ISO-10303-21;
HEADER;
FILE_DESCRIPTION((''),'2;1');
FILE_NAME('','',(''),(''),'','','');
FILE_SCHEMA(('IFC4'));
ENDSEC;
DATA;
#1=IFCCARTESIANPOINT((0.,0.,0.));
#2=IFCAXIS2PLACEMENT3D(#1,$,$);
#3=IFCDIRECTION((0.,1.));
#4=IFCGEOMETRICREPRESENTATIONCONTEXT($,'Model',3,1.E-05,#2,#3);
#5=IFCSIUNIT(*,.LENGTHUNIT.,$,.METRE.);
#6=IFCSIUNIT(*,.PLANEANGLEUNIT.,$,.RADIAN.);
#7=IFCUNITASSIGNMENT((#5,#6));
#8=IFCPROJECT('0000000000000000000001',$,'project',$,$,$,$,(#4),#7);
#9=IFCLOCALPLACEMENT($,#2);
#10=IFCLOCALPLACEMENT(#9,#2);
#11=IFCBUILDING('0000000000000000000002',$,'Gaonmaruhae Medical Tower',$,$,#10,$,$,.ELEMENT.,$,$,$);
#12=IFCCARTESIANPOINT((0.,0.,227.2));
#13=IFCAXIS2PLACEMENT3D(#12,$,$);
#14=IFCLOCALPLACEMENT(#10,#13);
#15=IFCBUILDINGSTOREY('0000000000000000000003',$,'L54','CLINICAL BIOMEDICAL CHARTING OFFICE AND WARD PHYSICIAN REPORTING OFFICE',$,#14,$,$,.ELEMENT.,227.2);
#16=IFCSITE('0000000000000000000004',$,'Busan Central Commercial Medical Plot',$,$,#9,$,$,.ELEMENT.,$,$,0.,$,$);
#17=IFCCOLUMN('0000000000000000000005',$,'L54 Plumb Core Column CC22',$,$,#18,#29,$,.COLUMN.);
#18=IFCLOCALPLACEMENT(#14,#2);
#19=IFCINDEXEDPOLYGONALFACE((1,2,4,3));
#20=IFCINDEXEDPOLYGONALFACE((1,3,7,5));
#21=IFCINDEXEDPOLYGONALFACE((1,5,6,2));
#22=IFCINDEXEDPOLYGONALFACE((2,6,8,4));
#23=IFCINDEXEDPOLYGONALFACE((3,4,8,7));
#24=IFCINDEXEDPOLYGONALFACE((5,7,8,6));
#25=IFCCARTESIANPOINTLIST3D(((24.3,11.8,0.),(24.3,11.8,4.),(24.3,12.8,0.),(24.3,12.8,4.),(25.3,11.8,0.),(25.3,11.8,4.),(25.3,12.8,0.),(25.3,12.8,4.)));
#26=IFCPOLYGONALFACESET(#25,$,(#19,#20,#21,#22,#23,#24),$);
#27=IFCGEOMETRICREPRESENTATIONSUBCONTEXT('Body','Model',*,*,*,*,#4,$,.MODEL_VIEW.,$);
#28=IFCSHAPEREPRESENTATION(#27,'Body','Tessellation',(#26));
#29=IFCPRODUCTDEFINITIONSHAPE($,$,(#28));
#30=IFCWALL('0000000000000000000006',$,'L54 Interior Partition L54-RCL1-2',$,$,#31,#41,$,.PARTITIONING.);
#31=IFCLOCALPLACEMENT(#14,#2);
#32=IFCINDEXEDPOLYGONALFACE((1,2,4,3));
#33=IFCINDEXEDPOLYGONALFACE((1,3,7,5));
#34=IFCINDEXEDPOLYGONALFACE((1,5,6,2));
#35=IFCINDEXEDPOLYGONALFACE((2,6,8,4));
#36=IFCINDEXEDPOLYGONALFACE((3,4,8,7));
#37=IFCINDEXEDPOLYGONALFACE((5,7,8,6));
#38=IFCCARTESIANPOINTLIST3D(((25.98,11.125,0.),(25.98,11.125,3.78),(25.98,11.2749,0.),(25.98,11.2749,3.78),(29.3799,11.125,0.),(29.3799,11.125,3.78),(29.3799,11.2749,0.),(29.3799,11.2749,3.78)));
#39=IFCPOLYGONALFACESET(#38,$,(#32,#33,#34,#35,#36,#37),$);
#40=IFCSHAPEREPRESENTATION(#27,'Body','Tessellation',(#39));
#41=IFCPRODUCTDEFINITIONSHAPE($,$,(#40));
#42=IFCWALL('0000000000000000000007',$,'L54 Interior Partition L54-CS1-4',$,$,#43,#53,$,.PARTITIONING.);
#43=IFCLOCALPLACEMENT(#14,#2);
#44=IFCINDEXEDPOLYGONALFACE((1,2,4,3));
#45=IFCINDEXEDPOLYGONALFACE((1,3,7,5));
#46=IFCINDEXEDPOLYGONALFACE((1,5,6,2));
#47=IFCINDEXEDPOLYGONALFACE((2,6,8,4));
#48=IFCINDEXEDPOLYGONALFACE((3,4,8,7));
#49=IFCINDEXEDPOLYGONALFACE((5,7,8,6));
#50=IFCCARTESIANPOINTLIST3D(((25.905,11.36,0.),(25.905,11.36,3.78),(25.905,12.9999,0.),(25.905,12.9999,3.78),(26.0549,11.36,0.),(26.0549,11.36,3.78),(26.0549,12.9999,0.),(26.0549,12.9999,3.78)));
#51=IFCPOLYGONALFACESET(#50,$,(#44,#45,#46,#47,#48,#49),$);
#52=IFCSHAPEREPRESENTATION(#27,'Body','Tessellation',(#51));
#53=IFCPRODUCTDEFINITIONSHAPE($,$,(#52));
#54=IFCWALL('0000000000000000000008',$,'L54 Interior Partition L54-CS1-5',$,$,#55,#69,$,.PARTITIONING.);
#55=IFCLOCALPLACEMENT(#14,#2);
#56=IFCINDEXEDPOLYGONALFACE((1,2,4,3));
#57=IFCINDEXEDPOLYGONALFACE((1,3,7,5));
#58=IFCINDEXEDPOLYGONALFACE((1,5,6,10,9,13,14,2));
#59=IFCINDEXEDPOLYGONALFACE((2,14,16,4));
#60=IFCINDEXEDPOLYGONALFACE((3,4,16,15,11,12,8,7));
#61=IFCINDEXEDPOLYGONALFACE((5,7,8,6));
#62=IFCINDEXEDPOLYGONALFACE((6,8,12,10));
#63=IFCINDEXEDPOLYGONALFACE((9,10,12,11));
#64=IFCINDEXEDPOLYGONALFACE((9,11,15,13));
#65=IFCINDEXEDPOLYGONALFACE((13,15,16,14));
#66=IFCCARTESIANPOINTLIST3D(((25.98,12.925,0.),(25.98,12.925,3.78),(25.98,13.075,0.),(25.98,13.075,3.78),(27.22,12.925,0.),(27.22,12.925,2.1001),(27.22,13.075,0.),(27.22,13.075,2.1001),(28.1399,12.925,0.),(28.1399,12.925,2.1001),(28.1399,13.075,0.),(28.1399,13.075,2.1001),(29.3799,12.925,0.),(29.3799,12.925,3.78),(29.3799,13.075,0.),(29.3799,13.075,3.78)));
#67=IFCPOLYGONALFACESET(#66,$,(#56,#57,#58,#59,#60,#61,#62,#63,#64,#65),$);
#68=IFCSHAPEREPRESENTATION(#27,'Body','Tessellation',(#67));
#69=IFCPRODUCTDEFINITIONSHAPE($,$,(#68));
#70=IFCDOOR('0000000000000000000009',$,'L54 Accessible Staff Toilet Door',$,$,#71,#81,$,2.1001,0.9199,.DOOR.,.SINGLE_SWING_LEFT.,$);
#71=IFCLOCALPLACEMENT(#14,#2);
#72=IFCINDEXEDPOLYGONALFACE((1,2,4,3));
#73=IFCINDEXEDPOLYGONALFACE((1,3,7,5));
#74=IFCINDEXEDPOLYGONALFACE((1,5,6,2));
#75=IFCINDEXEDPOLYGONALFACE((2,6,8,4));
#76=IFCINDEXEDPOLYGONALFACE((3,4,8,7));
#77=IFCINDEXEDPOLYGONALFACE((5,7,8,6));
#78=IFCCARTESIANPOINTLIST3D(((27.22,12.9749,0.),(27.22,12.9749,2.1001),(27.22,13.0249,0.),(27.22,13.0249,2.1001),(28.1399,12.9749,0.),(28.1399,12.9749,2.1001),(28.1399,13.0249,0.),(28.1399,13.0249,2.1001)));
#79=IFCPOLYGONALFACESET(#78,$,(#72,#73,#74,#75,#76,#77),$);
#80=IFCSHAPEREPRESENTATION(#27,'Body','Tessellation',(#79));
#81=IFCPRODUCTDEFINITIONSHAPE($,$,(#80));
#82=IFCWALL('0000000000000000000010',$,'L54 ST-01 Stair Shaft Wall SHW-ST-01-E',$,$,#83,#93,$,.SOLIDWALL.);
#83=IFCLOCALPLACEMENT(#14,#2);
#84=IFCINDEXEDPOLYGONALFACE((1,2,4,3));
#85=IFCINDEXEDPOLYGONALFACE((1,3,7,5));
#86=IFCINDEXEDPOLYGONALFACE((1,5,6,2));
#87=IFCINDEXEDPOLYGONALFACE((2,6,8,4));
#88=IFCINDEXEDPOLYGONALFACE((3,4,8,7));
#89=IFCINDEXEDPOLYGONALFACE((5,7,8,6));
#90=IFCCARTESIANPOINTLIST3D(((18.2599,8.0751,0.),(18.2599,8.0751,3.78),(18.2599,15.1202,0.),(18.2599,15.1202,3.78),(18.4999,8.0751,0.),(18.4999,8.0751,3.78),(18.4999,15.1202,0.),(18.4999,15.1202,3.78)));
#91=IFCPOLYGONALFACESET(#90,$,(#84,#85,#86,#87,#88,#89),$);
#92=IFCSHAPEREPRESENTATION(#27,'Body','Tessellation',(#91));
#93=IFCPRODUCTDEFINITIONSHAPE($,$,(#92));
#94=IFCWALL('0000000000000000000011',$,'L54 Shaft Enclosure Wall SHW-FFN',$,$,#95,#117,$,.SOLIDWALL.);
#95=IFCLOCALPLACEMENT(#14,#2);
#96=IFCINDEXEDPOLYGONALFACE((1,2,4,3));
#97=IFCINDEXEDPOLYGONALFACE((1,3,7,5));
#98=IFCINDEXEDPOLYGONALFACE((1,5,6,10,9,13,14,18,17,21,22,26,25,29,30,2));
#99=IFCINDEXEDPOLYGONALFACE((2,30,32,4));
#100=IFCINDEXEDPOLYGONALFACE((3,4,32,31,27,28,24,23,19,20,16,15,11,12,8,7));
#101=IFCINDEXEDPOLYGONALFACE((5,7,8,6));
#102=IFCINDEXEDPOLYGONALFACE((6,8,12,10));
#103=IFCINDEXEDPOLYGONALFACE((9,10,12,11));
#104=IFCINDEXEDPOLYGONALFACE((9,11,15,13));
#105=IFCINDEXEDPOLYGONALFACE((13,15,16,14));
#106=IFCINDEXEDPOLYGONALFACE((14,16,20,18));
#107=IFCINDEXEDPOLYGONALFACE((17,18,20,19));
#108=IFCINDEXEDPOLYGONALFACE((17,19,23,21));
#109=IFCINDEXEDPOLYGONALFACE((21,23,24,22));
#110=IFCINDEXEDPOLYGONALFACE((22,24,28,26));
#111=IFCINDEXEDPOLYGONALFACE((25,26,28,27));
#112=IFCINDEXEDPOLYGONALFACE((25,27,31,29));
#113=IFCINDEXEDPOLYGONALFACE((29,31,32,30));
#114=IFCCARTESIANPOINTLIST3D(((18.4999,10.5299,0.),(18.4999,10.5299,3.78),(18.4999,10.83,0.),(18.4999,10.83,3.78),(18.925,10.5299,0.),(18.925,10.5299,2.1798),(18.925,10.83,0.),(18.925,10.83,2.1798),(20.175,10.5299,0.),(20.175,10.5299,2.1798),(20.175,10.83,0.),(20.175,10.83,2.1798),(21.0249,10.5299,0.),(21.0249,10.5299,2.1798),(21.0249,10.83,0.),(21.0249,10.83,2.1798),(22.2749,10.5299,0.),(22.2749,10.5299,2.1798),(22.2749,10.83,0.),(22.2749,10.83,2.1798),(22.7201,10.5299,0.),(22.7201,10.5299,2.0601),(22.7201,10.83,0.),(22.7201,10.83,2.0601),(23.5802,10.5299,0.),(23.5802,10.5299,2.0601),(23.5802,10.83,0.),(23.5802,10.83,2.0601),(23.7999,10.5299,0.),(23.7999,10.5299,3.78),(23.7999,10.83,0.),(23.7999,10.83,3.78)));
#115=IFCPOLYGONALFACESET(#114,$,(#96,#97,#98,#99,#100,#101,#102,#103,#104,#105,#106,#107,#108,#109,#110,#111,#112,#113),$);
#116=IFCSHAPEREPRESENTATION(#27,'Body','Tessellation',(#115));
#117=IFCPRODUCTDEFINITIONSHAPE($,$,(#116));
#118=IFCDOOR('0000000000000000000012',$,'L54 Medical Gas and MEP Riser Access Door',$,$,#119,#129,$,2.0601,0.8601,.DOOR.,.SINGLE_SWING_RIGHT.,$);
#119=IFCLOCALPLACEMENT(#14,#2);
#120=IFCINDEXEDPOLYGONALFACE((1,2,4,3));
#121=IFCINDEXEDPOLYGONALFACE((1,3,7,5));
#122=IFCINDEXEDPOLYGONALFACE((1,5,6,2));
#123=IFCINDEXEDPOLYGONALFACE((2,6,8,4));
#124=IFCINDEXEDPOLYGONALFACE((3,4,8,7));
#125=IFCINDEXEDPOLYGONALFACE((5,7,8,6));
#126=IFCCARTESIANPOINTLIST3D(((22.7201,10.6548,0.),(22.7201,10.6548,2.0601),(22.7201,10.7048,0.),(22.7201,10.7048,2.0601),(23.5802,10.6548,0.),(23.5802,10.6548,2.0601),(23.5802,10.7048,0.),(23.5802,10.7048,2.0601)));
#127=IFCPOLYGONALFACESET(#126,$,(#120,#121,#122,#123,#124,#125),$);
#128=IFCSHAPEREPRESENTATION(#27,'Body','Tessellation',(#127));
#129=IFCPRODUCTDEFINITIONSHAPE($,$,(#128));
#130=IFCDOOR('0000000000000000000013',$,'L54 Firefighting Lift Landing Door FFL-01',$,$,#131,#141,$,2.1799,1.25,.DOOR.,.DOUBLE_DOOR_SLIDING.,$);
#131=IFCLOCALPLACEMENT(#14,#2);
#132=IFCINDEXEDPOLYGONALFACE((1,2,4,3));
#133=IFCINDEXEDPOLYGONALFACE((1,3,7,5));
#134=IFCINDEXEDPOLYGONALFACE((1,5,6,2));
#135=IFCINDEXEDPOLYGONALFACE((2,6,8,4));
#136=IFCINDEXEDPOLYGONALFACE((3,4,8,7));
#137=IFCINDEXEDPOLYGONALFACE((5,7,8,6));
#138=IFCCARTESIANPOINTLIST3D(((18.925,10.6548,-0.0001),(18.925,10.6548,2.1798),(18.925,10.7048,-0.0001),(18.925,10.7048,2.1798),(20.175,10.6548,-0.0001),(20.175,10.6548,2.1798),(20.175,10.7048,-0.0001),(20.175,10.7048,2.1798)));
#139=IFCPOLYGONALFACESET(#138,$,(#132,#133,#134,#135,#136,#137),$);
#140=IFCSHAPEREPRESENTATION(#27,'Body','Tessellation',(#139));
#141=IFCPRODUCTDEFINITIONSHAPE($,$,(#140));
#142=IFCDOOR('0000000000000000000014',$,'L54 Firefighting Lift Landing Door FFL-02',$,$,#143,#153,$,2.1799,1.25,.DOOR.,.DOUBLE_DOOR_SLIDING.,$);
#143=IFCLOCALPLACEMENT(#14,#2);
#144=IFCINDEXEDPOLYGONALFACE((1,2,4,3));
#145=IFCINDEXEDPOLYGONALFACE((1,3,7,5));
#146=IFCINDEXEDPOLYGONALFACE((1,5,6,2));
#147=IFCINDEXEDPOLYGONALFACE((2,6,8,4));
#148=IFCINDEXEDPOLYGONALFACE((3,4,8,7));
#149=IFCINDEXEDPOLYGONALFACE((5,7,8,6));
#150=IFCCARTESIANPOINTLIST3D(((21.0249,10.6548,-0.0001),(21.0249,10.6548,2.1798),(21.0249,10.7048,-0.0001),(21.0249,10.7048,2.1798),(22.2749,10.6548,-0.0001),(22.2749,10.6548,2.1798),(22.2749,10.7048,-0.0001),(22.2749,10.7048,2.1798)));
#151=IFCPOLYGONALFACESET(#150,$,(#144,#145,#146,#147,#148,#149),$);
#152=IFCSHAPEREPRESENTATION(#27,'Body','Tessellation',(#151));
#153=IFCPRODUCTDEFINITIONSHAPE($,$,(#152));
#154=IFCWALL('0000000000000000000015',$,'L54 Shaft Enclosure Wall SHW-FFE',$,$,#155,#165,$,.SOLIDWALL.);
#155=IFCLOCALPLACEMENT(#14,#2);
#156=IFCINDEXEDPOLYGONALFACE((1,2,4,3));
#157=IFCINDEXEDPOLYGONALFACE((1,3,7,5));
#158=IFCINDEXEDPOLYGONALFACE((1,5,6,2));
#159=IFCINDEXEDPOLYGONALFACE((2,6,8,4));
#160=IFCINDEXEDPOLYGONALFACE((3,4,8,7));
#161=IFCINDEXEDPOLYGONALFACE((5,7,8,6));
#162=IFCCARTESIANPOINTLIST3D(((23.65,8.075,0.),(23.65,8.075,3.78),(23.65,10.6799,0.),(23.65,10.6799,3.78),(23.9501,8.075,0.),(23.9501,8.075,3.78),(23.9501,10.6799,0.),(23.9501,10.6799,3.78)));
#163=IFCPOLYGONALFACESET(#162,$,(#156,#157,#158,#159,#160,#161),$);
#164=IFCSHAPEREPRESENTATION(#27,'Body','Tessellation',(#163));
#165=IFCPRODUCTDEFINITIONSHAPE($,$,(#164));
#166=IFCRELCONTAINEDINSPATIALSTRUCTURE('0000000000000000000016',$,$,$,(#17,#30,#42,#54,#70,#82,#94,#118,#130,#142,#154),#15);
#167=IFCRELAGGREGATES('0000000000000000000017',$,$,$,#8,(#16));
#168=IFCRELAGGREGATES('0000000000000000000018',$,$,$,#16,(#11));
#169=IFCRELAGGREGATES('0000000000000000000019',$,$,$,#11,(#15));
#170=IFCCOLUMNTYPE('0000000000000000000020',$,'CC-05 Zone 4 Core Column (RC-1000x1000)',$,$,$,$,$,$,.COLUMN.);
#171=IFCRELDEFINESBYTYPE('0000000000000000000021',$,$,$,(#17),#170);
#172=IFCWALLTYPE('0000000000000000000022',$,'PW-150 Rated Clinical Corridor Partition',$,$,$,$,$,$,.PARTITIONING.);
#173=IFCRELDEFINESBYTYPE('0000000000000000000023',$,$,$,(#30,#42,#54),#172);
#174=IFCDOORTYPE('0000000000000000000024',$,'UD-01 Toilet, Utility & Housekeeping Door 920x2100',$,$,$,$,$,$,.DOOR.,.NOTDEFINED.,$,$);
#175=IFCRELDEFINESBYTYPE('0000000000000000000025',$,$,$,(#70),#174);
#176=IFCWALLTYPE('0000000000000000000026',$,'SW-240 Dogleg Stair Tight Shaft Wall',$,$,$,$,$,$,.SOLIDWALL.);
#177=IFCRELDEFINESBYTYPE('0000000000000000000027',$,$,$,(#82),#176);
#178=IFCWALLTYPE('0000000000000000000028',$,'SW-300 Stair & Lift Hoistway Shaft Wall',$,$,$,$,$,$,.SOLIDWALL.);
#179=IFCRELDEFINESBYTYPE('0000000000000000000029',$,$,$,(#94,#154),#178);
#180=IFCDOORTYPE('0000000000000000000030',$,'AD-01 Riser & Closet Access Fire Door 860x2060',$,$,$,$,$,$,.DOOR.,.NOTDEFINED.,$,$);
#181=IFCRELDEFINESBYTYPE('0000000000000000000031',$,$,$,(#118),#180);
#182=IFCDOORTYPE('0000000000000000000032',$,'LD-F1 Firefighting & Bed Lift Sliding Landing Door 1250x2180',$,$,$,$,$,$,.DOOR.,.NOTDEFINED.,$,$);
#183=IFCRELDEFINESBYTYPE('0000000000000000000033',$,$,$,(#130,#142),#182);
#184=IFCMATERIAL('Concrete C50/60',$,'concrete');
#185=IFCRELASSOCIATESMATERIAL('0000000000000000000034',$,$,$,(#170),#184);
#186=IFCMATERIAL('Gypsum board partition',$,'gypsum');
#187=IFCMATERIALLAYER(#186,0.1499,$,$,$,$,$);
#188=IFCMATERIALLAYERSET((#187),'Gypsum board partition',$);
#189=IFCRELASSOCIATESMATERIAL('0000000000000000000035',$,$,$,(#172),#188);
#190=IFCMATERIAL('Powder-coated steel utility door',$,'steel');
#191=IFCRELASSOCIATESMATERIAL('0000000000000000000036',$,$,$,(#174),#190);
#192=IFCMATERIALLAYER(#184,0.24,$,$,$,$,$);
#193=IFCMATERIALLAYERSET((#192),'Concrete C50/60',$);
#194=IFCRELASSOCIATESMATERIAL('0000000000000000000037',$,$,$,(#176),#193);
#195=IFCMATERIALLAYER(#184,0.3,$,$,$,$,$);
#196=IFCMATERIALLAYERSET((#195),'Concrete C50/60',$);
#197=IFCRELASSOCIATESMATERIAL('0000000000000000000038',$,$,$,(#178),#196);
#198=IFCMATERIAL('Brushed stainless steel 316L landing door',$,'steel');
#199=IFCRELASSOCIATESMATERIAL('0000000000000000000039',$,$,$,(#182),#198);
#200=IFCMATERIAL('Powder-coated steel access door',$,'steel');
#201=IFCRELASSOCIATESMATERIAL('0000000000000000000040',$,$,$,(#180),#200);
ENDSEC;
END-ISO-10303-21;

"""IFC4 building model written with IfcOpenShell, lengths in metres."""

from ifc_helpers import new_model, si_unit, direction, frame, frame_2d, origin, origin_2d, place, context, subcontext, project, spatial, rectangle, extrude, material, layer, layer_set, material_profile, profile_set, type_object, element, fill, save


model = new_model("IFC4")

# Units and contexts
model_context = context("Model", 3, precision=1e-05, world=origin(), true_north=direction((0.0, 1.0)))
body_context = subcontext(model_context, "Body", "Model", "MODEL_VIEW")
ifc_project = project(units=[si_unit("LENGTHUNIT", "METRE"), si_unit("PLANEANGLEUNIT", "RADIAN")], contexts=[model_context])

# Site, building, storey
site_placement = place(None, origin())
site = spatial("IfcSite", under=ifc_project, at=site_placement, Name="Busan Central Commercial Medical Plot", CompositionType="ELEMENT", RefElevation=0.0)
building_placement = place(site_placement, origin())
building = spatial("IfcBuilding", under=site, at=building_placement, Name="Gaonmaruhae Medical Tower", CompositionType="ELEMENT")
storey_placement = place(building_placement, frame((0.0, 0.0, 227.2)))
storey = spatial("IfcBuildingStorey", under=building, at=storey_placement, Name="L54", Description="CLINICAL BIOMEDICAL CHARTING OFFICE AND WARD PHYSICIAN REPORTING OFFICE", CompositionType="ELEMENT", Elevation=227.2)

# Column
ifc_material_1 = material(Name="Concrete C50/60", Category="concrete")
ifc_material_profile = material_profile(ifc_material_1, rectangle(XDim=1.0, YDim=1.0, at=origin_2d()), Name="RC-1000x1000")
ifc_profile_set = profile_set([ifc_material_profile], Name="Concrete C50/60")
column_type = type_object("IfcColumnType", Name="CC-05 Zone 4 Core Column (RC-1000x1000)", PredefinedType="COLUMN", material=ifc_profile_set)
column_placement = place(storey_placement, frame((24.8, 12.3, 0.0), z_axis=(0.0, 0.0, 1.0), x_axis=(1.0, 0.0, 0.0)))
element("IfcColumn", 1, at=column_placement, inside=storey, type_object=column_type, Name="L54 Plumb Core Column CC22", PredefinedType="COLUMN", context=body_context, shape_type="SweptSolid", body=[
    extrude(rectangle(XDim=1.0, YDim=1.0, at=origin_2d()), origin(), (0.0, 0.0, 1.0), 4.0),
])

# Walls
ifc_material_2 = material(Name="Gypsum board partition", Category="gypsum")
ifc_layer_1 = layer(ifc_material_2, 0.1499)
ifc_layer_set_1 = layer_set([ifc_layer_1], Name="Gypsum board partition")
wall_type_1 = type_object("IfcWallType", Name="PW-150 Rated Clinical Corridor Partition", PredefinedType="PARTITIONING", material=ifc_layer_set_1)
wall_1_placement = place(storey_placement, frame((25.98, 11.2, 0.0), z_axis=(0.0, 0.0, 1.0), x_axis=(1.0, 0.0, 0.0)))
element("IfcWall", 2, at=wall_1_placement, inside=storey, type_object=wall_type_1, Name="L54 Interior Partition L54-RCL1-2", PredefinedType="PARTITIONING", context=body_context, shape_type="SweptSolid", body=[
    extrude(rectangle(XDim=3.3999, YDim=0.1499, at=frame_2d((1.7, 0.0))), origin(), (0.0, 0.0, 1.0), 3.78),
])
wall_2_placement = place(storey_placement, frame((25.98, 11.3601, 0.0), z_axis=(0.0, 0.0, 1.0), x_axis=(0.0, 1.0, 0.0)))
element("IfcWall", 3, at=wall_2_placement, inside=storey, type_object=wall_type_1, Name="L54 Interior Partition L54-CS1-4", PredefinedType="PARTITIONING", context=body_context, shape_type="SweptSolid", body=[
    extrude(rectangle(XDim=1.6399, YDim=0.1499, at=frame_2d((0.8198, 0.0))), origin(), (0.0, 0.0, 1.0), 3.78),
])

# Wall, opening, door
wall_3_placement = place(storey_placement, frame((25.98, 13.0, 0.0), z_axis=(0.0, 0.0, 1.0), x_axis=(1.0, 0.0, 0.0)))
wall_3 = element("IfcWall", 4, at=wall_3_placement, inside=storey, type_object=wall_type_1, Name="L54 Interior Partition L54-CS1-5", PredefinedType="PARTITIONING", context=body_context, shape_type="SweptSolid", body=[
    extrude(rectangle(XDim=3.3999, YDim=0.1499, at=frame_2d((1.7, 0.0))), origin(), (0.0, 0.0, 1.0), 3.78),
])
opening_1_placement = place(wall_3_placement, frame((1.24, 0.0, 0.0)))
opening_1 = element("IfcOpeningElement", 5, at=opening_1_placement, cuts=wall_3, PredefinedType="OPENING", context=body_context, shape_type="SweptSolid", body=[
    extrude(rectangle(XDim=0.9199, YDim=2.1001, at=frame_2d((0.46, 1.05))), frame((0.0, 0.085, 0.0), z_axis=(0.0, -1.0, 0.0), x_axis=(1.0, 0.0, 0.0)), (0.0, 0.0, 1.0), 0.1699),
])
ifc_material_3 = material(Name="Powder-coated steel utility door", Category="steel")
door_type_1 = type_object("IfcDoorType", Name="UD-01 Toilet, Utility & Housekeeping Door 920x2100", OperationType="NOTDEFINED", PredefinedType="DOOR", material=ifc_material_3)
door_1_placement = place(opening_1_placement, origin())
door_1 = element("IfcDoor", 6, at=door_1_placement, inside=storey, type_object=door_type_1, Name="L54 Accessible Staff Toilet Door", OperationType="SINGLE_SWING_LEFT", OverallHeight=2.1001, OverallWidth=0.9199, PredefinedType="DOOR", context=body_context, shape_type="SweptSolid", body=[
    extrude(rectangle(XDim=0.9199, YDim=2.1001, at=frame_2d((0.46, 1.05))), frame((0.0, 0.0249, 0.0), z_axis=(0.0, -1.0, 0.0), x_axis=(1.0, 0.0, 0.0)), (0.0, 0.0, 1.0), 0.05),
])
fill(opening_1, door_1)

# Wall
ifc_layer_2 = layer(ifc_material_1, 0.24)
ifc_layer_set_2 = layer_set([ifc_layer_2], Name="Concrete C50/60")
wall_type_2 = type_object("IfcWallType", Name="SW-240 Dogleg Stair Tight Shaft Wall", PredefinedType="SOLIDWALL", material=ifc_layer_set_2)
wall_4_placement = place(storey_placement, frame((18.3799, 15.1201, 0.0), z_axis=(0.0, 0.0, 1.0), x_axis=(0.0, -1.0, 0.0)))
element("IfcWall", 7, at=wall_4_placement, inside=storey, type_object=wall_type_2, Name="L54 ST-01 Stair Shaft Wall SHW-ST-01-E", PredefinedType="SOLIDWALL", context=body_context, shape_type="SweptSolid", body=[
    extrude(rectangle(XDim=7.0452, YDim=0.24, at=frame_2d((3.5225, 0.0))), origin(), (0.0, 0.0, 1.0), 3.78),
])

# Wall, openings, doors
ifc_layer_3 = layer(ifc_material_1, 0.3)
ifc_layer_set_3 = layer_set([ifc_layer_3], Name="Concrete C50/60")
wall_type_3 = type_object("IfcWallType", Name="SW-300 Stair & Lift Hoistway Shaft Wall", PredefinedType="SOLIDWALL", material=ifc_layer_set_3)
ifc_material_4 = material(Name="Brushed stainless steel 316L landing door", Category="steel")
door_type_2 = type_object("IfcDoorType", Name="LD-F1 Firefighting & Bed Lift Sliding Landing Door 1250x2180", OperationType="NOTDEFINED", PredefinedType="DOOR", material=ifc_material_4)
wall_5_placement = place(storey_placement, frame((18.5, 10.6799, 0.0), z_axis=(0.0, 0.0, 1.0), x_axis=(1.0, 0.0, 0.0)))
wall_5 = element("IfcWall", 8, at=wall_5_placement, inside=storey, type_object=wall_type_3, Name="L54 Shaft Enclosure Wall SHW-FFN", PredefinedType="SOLIDWALL", context=body_context, shape_type="SweptSolid", body=[
    extrude(rectangle(XDim=5.3, YDim=0.3, at=frame_2d((2.6499, 0.0))), origin(), (0.0, 0.0, 1.0), 3.78),
])
opening_2_placement = place(wall_5_placement, frame((4.22, 0.0, 0.0)))
opening_2 = element("IfcOpeningElement", 9, at=opening_2_placement, cuts=wall_5, PredefinedType="OPENING", context=body_context, shape_type="SweptSolid", body=[
    extrude(rectangle(XDim=0.8601, YDim=2.0601, at=frame_2d((0.4302, 1.03))), frame((0.0, 0.1602, 0.0), z_axis=(0.0, -1.0, 0.0), x_axis=(1.0, 0.0, 0.0)), (0.0, 0.0, 1.0), 0.3201),
])
opening_3_placement = place(wall_5_placement, frame((0.425, 0.0, 0.0)))
opening_3 = element("IfcOpeningElement", 10, at=opening_3_placement, cuts=wall_5, PredefinedType="OPENING", context=body_context, shape_type="SweptSolid", body=[
    extrude(rectangle(XDim=1.25, YDim=2.1799, at=frame_2d((0.625, 1.0898))), frame((0.0, 0.1602, 0.0), z_axis=(0.0, -1.0, 0.0), x_axis=(1.0, 0.0, 0.0)), (0.0, 0.0, 1.0), 0.3201),
])
opening_4_placement = place(wall_5_placement, frame((2.5249, 0.0, 0.0)))
opening_4 = element("IfcOpeningElement", 11, at=opening_4_placement, cuts=wall_5, PredefinedType="OPENING", context=body_context, shape_type="SweptSolid", body=[
    extrude(rectangle(XDim=1.25, YDim=2.1799, at=frame_2d((0.625, 1.0898))), frame((0.0, 0.1602, 0.0), z_axis=(0.0, -1.0, 0.0), x_axis=(1.0, 0.0, 0.0)), (0.0, 0.0, 1.0), 0.3201),
])
ifc_material_5 = material(Name="Powder-coated steel access door", Category="steel")
door_type_3 = type_object("IfcDoorType", Name="AD-01 Riser & Closet Access Fire Door 860x2060", OperationType="NOTDEFINED", PredefinedType="DOOR", material=ifc_material_5)
door_2_placement = place(opening_2_placement, origin())
door_2 = element("IfcDoor", 12, at=door_2_placement, inside=storey, type_object=door_type_3, Name="L54 Medical Gas and MEP Riser Access Door", OperationType="SINGLE_SWING_RIGHT", OverallHeight=2.0601, OverallWidth=0.8601, PredefinedType="DOOR", context=body_context, shape_type="SweptSolid", body=[
    extrude(rectangle(XDim=0.8601, YDim=2.0601, at=frame_2d((0.4302, 1.03))), frame((0.0, 0.0249, 0.0), z_axis=(0.0, -1.0, 0.0), x_axis=(1.0, 0.0, 0.0)), (0.0, 0.0, 1.0), 0.05),
])
fill(opening_2, door_2)
door_3_placement = place(opening_3_placement, origin())
door_3 = element("IfcDoor", 13, at=door_3_placement, inside=storey, type_object=door_type_2, Name="L54 Firefighting Lift Landing Door FFL-01", OperationType="DOUBLE_DOOR_SLIDING", OverallHeight=2.1799, OverallWidth=1.25, PredefinedType="DOOR", context=body_context, shape_type="SweptSolid", body=[
    extrude(rectangle(XDim=1.25, YDim=2.1799, at=frame_2d((0.625, 1.0898))), frame((0.0, 0.0249, 0.0), z_axis=(0.0, -1.0, 0.0), x_axis=(1.0, 0.0, 0.0)), (0.0, 0.0, 1.0), 0.05),
])
fill(opening_3, door_3)
door_4_placement = place(opening_4_placement, origin())
door_4 = element("IfcDoor", 14, at=door_4_placement, inside=storey, type_object=door_type_2, Name="L54 Firefighting Lift Landing Door FFL-02", OperationType="DOUBLE_DOOR_SLIDING", OverallHeight=2.1799, OverallWidth=1.25, PredefinedType="DOOR", context=body_context, shape_type="SweptSolid", body=[
    extrude(rectangle(XDim=1.25, YDim=2.1799, at=frame_2d((0.625, 1.0898))), frame((0.0, 0.0249, 0.0), z_axis=(0.0, -1.0, 0.0), x_axis=(1.0, 0.0, 0.0)), (0.0, 0.0, 1.0), 0.05),
])
fill(opening_4, door_4)

# Wall
wall_6_placement = place(storey_placement, frame((23.8, 8.075, 0.0), z_axis=(0.0, 0.0, 1.0), x_axis=(0.0, 1.0, 0.0)))
element("IfcWall", 15, at=wall_6_placement, inside=storey, type_object=wall_type_3, Name="L54 Shaft Enclosure Wall SHW-FFE", PredefinedType="SOLIDWALL", context=body_context, shape_type="SweptSolid", body=[
    extrude(rectangle(XDim=2.605, YDim=0.3, at=frame_2d((1.3025, 0.0))), origin(), (0.0, 0.0, 1.0), 3.78),
])

save(model, "model.ifc")
